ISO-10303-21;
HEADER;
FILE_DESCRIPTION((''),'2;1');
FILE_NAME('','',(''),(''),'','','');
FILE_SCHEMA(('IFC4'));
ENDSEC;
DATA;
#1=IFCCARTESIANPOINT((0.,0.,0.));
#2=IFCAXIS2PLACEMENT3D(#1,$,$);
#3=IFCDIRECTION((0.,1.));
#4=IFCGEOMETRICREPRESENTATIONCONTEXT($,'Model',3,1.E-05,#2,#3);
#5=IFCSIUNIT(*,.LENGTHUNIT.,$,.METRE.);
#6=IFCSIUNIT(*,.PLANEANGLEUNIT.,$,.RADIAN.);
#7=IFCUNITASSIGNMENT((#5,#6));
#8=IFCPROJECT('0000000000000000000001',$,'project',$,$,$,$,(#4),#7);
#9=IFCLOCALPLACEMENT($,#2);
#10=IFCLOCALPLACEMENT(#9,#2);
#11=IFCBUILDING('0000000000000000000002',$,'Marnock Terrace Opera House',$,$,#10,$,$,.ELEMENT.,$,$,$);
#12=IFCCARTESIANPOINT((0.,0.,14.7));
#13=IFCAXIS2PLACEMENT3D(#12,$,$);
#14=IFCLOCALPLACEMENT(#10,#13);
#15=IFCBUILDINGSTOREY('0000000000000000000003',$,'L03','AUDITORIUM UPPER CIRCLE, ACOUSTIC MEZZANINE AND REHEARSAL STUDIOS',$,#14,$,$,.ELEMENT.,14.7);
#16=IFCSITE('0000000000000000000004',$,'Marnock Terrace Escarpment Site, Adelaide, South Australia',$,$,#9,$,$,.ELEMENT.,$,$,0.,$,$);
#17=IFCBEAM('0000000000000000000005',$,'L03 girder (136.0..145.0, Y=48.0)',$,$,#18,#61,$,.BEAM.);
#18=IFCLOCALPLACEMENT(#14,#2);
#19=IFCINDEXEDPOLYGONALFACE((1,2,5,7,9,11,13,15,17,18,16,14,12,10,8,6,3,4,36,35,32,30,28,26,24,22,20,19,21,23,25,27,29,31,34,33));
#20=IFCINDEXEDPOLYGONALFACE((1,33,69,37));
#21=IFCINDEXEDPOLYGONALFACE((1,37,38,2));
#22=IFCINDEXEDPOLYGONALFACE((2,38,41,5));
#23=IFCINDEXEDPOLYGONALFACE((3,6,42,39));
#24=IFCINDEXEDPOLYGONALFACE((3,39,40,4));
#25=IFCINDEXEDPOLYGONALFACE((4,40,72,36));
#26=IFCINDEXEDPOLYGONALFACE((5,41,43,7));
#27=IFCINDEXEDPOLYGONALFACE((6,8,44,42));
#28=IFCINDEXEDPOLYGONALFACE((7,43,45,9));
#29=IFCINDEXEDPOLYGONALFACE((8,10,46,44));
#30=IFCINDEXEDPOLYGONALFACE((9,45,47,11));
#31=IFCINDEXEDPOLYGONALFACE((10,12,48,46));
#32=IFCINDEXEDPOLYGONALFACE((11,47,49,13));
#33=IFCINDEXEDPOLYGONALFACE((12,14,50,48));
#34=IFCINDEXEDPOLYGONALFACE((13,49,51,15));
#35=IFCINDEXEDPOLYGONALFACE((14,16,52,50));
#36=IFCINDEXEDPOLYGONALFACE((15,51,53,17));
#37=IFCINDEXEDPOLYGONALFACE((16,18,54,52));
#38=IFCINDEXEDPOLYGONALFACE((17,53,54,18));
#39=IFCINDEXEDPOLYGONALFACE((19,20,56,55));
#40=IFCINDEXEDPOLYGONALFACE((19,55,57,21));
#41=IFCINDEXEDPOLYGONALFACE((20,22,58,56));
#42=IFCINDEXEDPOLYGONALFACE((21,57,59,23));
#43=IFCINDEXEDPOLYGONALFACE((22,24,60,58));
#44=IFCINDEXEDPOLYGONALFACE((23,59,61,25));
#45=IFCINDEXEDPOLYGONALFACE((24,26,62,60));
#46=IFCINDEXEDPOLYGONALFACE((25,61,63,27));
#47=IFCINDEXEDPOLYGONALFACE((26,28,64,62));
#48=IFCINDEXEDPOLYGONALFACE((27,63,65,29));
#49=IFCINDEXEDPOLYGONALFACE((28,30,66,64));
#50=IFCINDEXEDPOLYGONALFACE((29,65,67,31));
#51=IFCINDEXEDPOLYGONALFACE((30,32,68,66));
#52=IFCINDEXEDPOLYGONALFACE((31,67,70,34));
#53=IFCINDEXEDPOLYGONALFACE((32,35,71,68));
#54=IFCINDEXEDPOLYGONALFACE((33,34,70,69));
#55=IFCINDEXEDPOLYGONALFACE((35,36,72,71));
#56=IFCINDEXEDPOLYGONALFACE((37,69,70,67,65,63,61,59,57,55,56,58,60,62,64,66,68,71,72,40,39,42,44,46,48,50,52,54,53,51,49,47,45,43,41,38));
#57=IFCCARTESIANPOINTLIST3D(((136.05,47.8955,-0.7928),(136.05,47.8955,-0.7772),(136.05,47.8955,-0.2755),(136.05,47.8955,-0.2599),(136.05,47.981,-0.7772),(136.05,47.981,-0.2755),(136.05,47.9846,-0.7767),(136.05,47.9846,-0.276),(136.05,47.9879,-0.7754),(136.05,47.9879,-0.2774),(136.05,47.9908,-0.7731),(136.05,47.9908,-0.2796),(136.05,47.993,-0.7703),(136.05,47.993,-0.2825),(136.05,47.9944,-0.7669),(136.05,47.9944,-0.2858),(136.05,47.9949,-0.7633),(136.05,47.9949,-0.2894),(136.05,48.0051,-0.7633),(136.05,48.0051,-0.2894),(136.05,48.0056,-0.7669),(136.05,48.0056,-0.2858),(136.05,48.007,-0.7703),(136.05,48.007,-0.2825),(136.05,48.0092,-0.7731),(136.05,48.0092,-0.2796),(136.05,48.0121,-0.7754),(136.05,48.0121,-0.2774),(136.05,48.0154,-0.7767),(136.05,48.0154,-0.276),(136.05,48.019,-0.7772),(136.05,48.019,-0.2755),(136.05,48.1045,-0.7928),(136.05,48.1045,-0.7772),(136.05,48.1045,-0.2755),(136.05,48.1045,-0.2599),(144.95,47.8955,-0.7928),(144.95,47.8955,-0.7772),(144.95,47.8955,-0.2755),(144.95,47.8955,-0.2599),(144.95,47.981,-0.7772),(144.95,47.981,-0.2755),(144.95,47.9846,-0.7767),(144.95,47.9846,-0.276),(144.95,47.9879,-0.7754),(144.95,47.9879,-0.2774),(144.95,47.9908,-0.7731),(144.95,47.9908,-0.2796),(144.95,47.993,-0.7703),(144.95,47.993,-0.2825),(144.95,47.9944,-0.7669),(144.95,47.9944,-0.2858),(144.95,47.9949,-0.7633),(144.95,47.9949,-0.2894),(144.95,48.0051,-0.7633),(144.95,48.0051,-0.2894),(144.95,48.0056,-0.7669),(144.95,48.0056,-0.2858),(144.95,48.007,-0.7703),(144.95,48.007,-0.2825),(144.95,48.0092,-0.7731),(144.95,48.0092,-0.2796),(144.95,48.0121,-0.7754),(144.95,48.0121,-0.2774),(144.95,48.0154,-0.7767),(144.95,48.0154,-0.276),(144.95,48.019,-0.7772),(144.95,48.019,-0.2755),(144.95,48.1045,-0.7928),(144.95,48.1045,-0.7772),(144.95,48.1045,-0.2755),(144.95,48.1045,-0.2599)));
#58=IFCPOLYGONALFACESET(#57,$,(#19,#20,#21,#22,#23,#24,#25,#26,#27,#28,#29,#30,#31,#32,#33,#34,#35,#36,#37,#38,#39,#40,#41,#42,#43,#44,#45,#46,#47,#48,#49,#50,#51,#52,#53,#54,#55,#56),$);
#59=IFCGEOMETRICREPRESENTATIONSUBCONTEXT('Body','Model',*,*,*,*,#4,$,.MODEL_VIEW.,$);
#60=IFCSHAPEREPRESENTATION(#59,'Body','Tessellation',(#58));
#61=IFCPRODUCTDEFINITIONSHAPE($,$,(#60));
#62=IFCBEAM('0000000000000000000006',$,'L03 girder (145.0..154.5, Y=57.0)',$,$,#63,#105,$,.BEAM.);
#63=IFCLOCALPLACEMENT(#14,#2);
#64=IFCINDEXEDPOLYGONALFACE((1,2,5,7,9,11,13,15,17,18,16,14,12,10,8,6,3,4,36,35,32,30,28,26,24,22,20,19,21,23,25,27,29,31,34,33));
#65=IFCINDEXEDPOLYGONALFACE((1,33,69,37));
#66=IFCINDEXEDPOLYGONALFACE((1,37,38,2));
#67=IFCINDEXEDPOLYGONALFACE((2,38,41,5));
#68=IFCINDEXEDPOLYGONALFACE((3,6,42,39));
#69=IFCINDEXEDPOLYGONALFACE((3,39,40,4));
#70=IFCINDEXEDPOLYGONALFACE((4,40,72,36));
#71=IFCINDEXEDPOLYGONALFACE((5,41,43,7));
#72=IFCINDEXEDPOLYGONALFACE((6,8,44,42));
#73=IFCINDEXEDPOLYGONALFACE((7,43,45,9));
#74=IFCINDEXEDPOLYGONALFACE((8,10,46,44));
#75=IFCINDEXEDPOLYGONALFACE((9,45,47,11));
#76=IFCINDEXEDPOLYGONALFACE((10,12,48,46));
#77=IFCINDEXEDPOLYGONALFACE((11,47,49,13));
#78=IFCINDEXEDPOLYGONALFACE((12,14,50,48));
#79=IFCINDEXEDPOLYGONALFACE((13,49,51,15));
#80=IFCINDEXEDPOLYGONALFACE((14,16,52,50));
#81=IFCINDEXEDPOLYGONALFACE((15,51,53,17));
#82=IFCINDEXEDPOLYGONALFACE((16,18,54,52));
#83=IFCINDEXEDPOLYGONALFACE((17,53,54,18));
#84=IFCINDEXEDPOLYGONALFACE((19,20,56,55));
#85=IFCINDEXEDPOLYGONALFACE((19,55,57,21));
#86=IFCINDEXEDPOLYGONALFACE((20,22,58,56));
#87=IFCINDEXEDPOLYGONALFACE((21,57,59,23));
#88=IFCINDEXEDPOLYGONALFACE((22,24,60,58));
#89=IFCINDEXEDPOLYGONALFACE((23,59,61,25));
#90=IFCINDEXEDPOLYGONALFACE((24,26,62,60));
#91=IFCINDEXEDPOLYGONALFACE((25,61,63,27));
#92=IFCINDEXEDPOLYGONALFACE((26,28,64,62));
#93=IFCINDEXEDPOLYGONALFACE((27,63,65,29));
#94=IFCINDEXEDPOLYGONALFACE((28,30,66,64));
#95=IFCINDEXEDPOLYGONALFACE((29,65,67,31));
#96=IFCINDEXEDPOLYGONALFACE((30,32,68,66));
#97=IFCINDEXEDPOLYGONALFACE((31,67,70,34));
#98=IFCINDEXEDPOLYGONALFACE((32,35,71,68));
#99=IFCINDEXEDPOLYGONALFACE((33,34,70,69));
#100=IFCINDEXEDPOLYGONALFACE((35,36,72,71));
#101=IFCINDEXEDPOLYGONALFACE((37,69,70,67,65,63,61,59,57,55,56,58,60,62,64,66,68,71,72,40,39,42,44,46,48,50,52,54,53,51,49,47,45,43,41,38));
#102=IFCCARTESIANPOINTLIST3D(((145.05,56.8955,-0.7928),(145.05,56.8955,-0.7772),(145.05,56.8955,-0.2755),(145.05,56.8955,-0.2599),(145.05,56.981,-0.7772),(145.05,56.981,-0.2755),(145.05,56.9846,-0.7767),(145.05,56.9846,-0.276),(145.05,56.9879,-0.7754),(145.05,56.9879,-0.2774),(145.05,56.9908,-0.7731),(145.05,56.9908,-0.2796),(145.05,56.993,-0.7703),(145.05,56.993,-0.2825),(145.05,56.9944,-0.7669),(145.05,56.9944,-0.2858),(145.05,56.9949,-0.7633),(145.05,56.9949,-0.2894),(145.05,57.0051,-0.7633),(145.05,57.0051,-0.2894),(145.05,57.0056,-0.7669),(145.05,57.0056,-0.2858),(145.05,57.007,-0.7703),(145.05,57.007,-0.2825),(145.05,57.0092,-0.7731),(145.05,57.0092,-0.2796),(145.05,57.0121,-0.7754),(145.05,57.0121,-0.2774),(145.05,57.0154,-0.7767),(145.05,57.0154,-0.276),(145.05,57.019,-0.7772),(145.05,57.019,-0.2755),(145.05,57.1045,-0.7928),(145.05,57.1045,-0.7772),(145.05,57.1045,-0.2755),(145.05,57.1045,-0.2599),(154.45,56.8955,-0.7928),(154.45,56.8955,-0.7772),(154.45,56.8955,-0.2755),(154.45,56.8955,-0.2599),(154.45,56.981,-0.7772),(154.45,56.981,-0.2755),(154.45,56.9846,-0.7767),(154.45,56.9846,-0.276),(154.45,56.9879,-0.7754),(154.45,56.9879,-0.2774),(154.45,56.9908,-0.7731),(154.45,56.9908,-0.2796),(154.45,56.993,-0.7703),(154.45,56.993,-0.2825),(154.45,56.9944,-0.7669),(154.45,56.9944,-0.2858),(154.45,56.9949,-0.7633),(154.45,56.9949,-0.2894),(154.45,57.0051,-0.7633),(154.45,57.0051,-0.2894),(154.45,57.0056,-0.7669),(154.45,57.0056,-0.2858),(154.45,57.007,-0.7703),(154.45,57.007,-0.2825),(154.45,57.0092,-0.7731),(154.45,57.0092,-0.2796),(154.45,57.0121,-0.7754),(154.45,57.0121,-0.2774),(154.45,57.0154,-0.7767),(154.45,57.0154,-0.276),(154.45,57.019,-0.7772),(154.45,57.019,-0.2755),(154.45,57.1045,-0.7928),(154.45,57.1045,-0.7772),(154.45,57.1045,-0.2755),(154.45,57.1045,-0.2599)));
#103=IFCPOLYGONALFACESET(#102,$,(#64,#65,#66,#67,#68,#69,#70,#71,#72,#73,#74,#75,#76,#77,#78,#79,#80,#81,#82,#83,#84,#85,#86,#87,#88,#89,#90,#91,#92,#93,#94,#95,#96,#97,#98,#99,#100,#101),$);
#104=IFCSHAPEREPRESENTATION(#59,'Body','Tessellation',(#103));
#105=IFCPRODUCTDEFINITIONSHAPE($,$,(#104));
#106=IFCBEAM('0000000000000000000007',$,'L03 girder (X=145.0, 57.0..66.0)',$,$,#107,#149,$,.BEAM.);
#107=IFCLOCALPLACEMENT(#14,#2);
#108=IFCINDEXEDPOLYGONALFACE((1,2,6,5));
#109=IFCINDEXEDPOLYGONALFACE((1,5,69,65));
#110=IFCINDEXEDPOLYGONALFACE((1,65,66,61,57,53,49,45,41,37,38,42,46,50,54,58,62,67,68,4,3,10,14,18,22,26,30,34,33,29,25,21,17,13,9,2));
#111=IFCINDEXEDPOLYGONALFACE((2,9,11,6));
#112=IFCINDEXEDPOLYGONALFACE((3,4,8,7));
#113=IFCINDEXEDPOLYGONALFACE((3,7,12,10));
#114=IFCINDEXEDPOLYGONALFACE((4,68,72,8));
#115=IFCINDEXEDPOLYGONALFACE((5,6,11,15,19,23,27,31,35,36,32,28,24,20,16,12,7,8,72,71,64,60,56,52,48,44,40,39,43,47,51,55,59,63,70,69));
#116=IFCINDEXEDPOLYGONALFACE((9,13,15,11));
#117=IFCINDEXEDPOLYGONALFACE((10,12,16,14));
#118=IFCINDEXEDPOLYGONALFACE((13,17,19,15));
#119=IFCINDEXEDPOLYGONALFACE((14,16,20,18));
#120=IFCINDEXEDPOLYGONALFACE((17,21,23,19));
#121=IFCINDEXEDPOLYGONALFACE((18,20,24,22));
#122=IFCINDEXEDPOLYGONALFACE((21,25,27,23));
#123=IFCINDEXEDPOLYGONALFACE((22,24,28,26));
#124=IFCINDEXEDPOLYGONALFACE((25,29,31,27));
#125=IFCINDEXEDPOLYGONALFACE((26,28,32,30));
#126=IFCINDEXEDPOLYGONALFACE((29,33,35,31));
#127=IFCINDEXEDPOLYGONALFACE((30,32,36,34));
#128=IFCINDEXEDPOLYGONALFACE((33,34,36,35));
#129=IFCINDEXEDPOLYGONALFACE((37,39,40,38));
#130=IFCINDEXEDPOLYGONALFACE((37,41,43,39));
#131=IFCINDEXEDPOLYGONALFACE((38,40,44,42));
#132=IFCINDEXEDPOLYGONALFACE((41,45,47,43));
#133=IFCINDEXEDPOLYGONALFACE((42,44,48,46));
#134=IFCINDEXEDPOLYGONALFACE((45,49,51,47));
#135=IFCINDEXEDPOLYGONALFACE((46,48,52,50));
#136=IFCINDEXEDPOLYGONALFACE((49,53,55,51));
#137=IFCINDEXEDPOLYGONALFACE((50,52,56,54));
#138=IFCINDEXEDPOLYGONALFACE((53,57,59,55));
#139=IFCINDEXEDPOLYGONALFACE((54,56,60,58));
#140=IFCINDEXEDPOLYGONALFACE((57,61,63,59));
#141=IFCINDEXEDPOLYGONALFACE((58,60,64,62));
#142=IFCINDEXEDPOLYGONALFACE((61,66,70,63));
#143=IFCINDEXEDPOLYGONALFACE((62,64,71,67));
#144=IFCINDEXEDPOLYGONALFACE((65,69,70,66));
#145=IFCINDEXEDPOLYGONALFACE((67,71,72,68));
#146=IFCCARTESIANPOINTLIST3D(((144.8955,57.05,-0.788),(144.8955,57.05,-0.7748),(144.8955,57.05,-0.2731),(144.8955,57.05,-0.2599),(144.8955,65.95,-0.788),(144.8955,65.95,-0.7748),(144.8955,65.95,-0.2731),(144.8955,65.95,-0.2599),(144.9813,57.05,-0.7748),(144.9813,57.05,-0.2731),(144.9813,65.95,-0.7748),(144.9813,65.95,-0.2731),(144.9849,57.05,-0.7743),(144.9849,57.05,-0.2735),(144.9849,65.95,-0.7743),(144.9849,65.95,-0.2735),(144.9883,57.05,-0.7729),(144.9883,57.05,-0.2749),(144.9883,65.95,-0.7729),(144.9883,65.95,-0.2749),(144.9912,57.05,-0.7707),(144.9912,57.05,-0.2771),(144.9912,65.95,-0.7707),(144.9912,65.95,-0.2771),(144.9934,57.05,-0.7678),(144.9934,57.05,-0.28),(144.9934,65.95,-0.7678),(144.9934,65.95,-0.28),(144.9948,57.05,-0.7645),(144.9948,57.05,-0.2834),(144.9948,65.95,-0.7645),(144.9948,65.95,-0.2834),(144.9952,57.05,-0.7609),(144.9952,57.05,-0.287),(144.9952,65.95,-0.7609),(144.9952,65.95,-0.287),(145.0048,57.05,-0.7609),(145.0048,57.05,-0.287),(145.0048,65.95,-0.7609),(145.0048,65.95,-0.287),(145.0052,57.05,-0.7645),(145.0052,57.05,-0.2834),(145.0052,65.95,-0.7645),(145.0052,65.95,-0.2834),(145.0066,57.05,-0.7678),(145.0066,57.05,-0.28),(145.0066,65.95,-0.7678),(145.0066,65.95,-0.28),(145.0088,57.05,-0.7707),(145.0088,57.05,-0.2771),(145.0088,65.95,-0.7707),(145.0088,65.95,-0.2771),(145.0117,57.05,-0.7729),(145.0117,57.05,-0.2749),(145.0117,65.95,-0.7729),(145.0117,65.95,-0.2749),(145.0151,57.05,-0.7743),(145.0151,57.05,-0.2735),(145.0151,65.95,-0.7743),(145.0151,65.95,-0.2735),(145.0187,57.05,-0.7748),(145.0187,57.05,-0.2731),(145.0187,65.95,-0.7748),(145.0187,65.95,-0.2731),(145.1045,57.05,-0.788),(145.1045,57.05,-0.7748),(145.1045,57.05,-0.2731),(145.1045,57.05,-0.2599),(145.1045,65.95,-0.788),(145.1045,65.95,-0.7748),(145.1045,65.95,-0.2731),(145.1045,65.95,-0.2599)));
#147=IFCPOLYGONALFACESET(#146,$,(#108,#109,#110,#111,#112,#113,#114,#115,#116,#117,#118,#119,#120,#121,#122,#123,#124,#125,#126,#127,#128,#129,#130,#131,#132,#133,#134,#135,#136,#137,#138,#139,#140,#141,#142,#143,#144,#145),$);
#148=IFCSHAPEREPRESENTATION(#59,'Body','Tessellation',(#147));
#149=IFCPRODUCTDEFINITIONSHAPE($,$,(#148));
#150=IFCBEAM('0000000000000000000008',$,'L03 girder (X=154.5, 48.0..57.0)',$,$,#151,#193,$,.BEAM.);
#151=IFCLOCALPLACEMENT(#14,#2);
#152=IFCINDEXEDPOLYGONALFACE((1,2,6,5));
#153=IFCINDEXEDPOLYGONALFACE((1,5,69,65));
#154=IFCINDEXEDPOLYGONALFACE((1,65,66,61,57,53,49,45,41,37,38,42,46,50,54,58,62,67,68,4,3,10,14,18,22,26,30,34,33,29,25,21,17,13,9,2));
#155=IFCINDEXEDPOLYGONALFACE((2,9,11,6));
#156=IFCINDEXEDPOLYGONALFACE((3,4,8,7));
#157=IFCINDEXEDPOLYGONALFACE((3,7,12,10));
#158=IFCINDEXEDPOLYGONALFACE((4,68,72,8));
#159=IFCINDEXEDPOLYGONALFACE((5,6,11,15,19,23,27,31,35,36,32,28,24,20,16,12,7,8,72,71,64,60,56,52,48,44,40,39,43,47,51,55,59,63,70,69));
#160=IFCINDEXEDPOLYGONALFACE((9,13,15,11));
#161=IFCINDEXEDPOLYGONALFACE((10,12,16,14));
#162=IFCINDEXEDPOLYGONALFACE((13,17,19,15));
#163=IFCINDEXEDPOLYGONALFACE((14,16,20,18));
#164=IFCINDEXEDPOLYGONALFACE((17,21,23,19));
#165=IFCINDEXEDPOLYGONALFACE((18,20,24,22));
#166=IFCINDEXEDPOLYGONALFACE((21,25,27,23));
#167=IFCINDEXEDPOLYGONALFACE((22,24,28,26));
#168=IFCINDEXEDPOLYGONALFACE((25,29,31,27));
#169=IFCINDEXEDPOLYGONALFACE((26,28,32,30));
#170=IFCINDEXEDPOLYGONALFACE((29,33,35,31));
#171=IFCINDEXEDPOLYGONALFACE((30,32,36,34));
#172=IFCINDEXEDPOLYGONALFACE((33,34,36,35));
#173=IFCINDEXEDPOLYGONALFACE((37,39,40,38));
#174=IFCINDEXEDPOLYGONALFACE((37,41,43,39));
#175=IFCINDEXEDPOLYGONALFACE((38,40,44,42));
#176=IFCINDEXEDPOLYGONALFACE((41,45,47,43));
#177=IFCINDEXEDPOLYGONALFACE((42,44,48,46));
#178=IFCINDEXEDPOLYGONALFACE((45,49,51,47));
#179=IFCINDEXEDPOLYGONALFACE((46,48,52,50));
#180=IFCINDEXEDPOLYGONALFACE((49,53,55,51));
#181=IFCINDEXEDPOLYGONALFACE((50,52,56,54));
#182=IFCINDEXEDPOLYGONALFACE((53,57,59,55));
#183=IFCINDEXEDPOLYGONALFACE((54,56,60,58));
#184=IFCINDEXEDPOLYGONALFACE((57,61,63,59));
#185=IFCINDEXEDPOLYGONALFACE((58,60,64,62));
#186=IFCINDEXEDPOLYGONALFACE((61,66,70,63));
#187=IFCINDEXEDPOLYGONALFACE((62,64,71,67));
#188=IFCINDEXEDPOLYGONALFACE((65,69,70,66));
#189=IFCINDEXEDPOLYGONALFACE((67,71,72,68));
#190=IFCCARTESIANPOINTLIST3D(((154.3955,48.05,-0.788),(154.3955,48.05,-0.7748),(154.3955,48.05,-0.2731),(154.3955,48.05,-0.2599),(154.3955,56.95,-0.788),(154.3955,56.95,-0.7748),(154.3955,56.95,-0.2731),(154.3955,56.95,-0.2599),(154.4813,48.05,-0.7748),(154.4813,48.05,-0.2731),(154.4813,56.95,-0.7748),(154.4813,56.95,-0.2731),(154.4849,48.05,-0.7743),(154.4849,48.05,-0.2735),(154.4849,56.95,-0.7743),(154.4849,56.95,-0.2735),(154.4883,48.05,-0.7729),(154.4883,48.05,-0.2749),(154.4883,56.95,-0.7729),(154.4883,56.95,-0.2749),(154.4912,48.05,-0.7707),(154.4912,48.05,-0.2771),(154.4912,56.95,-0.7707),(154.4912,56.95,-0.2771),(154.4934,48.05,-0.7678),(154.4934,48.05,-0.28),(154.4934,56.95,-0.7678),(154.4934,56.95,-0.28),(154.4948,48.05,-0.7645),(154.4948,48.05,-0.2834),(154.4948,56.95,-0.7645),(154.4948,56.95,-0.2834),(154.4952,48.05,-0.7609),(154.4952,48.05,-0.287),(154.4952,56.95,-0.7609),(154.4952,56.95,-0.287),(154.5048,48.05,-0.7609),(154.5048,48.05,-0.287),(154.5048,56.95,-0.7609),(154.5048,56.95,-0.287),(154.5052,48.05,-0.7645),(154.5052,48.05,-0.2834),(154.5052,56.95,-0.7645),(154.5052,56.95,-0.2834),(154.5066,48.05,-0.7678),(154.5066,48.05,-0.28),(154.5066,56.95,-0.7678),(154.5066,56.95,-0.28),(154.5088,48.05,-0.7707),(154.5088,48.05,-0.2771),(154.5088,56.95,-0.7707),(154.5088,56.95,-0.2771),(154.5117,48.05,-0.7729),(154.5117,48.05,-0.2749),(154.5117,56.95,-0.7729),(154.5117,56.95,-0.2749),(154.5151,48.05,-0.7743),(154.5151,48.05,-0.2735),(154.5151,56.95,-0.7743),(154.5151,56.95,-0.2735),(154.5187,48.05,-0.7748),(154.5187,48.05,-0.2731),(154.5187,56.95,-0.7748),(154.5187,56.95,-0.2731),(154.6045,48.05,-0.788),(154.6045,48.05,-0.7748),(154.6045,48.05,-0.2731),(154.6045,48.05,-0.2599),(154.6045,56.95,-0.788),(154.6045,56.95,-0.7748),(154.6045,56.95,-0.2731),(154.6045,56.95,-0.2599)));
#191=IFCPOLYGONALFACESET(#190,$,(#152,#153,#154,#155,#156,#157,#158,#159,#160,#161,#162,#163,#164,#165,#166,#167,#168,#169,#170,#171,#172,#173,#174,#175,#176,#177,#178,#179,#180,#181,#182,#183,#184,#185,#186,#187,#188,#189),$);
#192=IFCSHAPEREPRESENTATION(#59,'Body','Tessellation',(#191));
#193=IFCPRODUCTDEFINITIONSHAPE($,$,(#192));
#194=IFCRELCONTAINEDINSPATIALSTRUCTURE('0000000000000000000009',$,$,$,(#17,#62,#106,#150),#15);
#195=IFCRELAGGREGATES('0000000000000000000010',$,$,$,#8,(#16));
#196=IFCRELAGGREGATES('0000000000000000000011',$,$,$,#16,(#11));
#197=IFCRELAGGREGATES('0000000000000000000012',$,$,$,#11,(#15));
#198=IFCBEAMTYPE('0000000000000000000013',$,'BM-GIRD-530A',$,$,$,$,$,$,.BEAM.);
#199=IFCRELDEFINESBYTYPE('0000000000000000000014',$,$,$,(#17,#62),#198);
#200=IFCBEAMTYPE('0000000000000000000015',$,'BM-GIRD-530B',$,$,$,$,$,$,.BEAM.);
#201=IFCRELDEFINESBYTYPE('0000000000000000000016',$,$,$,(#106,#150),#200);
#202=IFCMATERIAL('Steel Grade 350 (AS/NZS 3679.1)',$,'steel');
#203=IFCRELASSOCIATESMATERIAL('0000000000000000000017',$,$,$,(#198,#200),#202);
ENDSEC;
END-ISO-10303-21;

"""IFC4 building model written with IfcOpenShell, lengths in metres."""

from ifc_helpers import new_model, si_unit, direction, frame, origin, origin_2d, place, context, subcontext, project, spatial, i_section, extrude, material, material_profile, profile_set, type_object, element, save


model = new_model("IFC4")

# Units and contexts
model_context = context("Model", 3, precision=1e-05, world=origin(), true_north=direction((0.0, 1.0)))
body_context = subcontext(model_context, "Body", "Model", "MODEL_VIEW")
ifc_project = project(units=[si_unit("LENGTHUNIT", "METRE"), si_unit("PLANEANGLEUNIT", "RADIAN")], contexts=[model_context])

# Site, building, storey
site_placement = place(None, origin())
site = spatial("IfcSite", under=ifc_project, at=site_placement, Name="Marnock Terrace Escarpment Site, Adelaide, South Australia", CompositionType="ELEMENT", RefElevation=0.0)
building_placement = place(site_placement, origin())
building = spatial("IfcBuilding", under=site, at=building_placement, Name="Marnock Terrace Opera House", CompositionType="ELEMENT")
storey_placement = place(building_placement, frame((0.0, 0.0, 14.7)))
storey = spatial("IfcBuildingStorey", under=building, at=storey_placement, Name="L03", Description="AUDITORIUM UPPER CIRCLE, ACOUSTIC MEZZANINE AND REHEARSAL STUDIOS", CompositionType="ELEMENT", Elevation=14.7)

# Beams
ifc_material_1 = material(Name="Steel Grade 350 (AS/NZS 3679.1)", Category="steel")
ifc_material_profile_1 = material_profile(ifc_material_1, i_section(OverallWidth=0.209, OverallDepth=0.533, WebThickness=0.0103, FlangeThickness=0.0156, FilletRadius=0.0139, at=origin_2d()))
ifc_profile_set_1 = profile_set([ifc_material_profile_1], Name="Steel Grade 350 (AS/NZS 3679.1)")
beam_type_1 = type_object("IfcBeamType", Name="BM-GIRD-530A", PredefinedType="BEAM", material=ifc_profile_set_1)
beam_1_placement = place(storey_placement, frame((136.05, 48.0, -0.5264), z_axis=(1.0, 0.0, 0.0), x_axis=(0.0, 1.0, 0.0)))
element("IfcBeam", 1, at=beam_1_placement, inside=storey, type_object=beam_type_1, Name="L03 girder (136.0..145.0, Y=48.0)", PredefinedType="BEAM", context=body_context, shape_type="SweptSolid", body=[
    extrude(i_section(OverallWidth=0.209, OverallDepth=0.533, WebThickness=0.0103, FlangeThickness=0.0156, FilletRadius=0.0139, at=origin_2d()), origin(), (0.0, 0.0, 1.0), 8.8999),
])
beam_2_placement = place(storey_placement, frame((145.05, 57.0, -0.5264), z_axis=(1.0, 0.0, 0.0), x_axis=(0.0, 1.0, 0.0)))
element("IfcBeam", 2, at=beam_2_placement, inside=storey, type_object=beam_type_1, Name="L03 girder (145.0..154.5, Y=57.0)", PredefinedType="BEAM", context=body_context, shape_type="SweptSolid", body=[
    extrude(i_section(OverallWidth=0.209, OverallDepth=0.533, WebThickness=0.0103, FlangeThickness=0.0156, FilletRadius=0.0139, at=origin_2d()), origin(), (0.0, 0.0, 1.0), 9.3999),
])
ifc_material_profile_2 = material_profile(ifc_material_1, i_section(OverallWidth=0.209, OverallDepth=0.5281, WebThickness=0.0095, FlangeThickness=0.0132, FilletRadius=0.0139, at=origin_2d()))
ifc_profile_set_2 = profile_set([ifc_material_profile_2], Name="Steel Grade 350 (AS/NZS 3679.1)")
beam_type_2 = type_object("IfcBeamType", Name="BM-GIRD-530B", PredefinedType="BEAM", material=ifc_profile_set_2)
for number, where, z_axis, x_axis, name in (
    (3, (145.0, 57.05, -0.5239), (0.0, 1.0, 0.0), (-1.0, 0.0, 0.0), "L03 girder (X=145.0, 57.0..66.0)"),
    (4, (154.5, 48.05, -0.5239), (0.0, 1.0, 0.0), (-1.0, 0.0, 0.0), "L03 girder (X=154.5, 48.0..57.0)"),
):
    element("IfcBeam", number, at=place(storey_placement, frame(where, z_axis=z_axis, x_axis=x_axis)), inside=storey, type_object=beam_type_2, Name=name, PredefinedType="BEAM", context=body_context, shape_type="SweptSolid", body=[
        extrude(i_section(OverallWidth=0.209, OverallDepth=0.5281, WebThickness=0.0095, FlangeThickness=0.0132, FilletRadius=0.0139, at=origin_2d()), origin(), (0.0, 0.0, 1.0), 8.8999),
    ])

save(model, "model.ifc")
